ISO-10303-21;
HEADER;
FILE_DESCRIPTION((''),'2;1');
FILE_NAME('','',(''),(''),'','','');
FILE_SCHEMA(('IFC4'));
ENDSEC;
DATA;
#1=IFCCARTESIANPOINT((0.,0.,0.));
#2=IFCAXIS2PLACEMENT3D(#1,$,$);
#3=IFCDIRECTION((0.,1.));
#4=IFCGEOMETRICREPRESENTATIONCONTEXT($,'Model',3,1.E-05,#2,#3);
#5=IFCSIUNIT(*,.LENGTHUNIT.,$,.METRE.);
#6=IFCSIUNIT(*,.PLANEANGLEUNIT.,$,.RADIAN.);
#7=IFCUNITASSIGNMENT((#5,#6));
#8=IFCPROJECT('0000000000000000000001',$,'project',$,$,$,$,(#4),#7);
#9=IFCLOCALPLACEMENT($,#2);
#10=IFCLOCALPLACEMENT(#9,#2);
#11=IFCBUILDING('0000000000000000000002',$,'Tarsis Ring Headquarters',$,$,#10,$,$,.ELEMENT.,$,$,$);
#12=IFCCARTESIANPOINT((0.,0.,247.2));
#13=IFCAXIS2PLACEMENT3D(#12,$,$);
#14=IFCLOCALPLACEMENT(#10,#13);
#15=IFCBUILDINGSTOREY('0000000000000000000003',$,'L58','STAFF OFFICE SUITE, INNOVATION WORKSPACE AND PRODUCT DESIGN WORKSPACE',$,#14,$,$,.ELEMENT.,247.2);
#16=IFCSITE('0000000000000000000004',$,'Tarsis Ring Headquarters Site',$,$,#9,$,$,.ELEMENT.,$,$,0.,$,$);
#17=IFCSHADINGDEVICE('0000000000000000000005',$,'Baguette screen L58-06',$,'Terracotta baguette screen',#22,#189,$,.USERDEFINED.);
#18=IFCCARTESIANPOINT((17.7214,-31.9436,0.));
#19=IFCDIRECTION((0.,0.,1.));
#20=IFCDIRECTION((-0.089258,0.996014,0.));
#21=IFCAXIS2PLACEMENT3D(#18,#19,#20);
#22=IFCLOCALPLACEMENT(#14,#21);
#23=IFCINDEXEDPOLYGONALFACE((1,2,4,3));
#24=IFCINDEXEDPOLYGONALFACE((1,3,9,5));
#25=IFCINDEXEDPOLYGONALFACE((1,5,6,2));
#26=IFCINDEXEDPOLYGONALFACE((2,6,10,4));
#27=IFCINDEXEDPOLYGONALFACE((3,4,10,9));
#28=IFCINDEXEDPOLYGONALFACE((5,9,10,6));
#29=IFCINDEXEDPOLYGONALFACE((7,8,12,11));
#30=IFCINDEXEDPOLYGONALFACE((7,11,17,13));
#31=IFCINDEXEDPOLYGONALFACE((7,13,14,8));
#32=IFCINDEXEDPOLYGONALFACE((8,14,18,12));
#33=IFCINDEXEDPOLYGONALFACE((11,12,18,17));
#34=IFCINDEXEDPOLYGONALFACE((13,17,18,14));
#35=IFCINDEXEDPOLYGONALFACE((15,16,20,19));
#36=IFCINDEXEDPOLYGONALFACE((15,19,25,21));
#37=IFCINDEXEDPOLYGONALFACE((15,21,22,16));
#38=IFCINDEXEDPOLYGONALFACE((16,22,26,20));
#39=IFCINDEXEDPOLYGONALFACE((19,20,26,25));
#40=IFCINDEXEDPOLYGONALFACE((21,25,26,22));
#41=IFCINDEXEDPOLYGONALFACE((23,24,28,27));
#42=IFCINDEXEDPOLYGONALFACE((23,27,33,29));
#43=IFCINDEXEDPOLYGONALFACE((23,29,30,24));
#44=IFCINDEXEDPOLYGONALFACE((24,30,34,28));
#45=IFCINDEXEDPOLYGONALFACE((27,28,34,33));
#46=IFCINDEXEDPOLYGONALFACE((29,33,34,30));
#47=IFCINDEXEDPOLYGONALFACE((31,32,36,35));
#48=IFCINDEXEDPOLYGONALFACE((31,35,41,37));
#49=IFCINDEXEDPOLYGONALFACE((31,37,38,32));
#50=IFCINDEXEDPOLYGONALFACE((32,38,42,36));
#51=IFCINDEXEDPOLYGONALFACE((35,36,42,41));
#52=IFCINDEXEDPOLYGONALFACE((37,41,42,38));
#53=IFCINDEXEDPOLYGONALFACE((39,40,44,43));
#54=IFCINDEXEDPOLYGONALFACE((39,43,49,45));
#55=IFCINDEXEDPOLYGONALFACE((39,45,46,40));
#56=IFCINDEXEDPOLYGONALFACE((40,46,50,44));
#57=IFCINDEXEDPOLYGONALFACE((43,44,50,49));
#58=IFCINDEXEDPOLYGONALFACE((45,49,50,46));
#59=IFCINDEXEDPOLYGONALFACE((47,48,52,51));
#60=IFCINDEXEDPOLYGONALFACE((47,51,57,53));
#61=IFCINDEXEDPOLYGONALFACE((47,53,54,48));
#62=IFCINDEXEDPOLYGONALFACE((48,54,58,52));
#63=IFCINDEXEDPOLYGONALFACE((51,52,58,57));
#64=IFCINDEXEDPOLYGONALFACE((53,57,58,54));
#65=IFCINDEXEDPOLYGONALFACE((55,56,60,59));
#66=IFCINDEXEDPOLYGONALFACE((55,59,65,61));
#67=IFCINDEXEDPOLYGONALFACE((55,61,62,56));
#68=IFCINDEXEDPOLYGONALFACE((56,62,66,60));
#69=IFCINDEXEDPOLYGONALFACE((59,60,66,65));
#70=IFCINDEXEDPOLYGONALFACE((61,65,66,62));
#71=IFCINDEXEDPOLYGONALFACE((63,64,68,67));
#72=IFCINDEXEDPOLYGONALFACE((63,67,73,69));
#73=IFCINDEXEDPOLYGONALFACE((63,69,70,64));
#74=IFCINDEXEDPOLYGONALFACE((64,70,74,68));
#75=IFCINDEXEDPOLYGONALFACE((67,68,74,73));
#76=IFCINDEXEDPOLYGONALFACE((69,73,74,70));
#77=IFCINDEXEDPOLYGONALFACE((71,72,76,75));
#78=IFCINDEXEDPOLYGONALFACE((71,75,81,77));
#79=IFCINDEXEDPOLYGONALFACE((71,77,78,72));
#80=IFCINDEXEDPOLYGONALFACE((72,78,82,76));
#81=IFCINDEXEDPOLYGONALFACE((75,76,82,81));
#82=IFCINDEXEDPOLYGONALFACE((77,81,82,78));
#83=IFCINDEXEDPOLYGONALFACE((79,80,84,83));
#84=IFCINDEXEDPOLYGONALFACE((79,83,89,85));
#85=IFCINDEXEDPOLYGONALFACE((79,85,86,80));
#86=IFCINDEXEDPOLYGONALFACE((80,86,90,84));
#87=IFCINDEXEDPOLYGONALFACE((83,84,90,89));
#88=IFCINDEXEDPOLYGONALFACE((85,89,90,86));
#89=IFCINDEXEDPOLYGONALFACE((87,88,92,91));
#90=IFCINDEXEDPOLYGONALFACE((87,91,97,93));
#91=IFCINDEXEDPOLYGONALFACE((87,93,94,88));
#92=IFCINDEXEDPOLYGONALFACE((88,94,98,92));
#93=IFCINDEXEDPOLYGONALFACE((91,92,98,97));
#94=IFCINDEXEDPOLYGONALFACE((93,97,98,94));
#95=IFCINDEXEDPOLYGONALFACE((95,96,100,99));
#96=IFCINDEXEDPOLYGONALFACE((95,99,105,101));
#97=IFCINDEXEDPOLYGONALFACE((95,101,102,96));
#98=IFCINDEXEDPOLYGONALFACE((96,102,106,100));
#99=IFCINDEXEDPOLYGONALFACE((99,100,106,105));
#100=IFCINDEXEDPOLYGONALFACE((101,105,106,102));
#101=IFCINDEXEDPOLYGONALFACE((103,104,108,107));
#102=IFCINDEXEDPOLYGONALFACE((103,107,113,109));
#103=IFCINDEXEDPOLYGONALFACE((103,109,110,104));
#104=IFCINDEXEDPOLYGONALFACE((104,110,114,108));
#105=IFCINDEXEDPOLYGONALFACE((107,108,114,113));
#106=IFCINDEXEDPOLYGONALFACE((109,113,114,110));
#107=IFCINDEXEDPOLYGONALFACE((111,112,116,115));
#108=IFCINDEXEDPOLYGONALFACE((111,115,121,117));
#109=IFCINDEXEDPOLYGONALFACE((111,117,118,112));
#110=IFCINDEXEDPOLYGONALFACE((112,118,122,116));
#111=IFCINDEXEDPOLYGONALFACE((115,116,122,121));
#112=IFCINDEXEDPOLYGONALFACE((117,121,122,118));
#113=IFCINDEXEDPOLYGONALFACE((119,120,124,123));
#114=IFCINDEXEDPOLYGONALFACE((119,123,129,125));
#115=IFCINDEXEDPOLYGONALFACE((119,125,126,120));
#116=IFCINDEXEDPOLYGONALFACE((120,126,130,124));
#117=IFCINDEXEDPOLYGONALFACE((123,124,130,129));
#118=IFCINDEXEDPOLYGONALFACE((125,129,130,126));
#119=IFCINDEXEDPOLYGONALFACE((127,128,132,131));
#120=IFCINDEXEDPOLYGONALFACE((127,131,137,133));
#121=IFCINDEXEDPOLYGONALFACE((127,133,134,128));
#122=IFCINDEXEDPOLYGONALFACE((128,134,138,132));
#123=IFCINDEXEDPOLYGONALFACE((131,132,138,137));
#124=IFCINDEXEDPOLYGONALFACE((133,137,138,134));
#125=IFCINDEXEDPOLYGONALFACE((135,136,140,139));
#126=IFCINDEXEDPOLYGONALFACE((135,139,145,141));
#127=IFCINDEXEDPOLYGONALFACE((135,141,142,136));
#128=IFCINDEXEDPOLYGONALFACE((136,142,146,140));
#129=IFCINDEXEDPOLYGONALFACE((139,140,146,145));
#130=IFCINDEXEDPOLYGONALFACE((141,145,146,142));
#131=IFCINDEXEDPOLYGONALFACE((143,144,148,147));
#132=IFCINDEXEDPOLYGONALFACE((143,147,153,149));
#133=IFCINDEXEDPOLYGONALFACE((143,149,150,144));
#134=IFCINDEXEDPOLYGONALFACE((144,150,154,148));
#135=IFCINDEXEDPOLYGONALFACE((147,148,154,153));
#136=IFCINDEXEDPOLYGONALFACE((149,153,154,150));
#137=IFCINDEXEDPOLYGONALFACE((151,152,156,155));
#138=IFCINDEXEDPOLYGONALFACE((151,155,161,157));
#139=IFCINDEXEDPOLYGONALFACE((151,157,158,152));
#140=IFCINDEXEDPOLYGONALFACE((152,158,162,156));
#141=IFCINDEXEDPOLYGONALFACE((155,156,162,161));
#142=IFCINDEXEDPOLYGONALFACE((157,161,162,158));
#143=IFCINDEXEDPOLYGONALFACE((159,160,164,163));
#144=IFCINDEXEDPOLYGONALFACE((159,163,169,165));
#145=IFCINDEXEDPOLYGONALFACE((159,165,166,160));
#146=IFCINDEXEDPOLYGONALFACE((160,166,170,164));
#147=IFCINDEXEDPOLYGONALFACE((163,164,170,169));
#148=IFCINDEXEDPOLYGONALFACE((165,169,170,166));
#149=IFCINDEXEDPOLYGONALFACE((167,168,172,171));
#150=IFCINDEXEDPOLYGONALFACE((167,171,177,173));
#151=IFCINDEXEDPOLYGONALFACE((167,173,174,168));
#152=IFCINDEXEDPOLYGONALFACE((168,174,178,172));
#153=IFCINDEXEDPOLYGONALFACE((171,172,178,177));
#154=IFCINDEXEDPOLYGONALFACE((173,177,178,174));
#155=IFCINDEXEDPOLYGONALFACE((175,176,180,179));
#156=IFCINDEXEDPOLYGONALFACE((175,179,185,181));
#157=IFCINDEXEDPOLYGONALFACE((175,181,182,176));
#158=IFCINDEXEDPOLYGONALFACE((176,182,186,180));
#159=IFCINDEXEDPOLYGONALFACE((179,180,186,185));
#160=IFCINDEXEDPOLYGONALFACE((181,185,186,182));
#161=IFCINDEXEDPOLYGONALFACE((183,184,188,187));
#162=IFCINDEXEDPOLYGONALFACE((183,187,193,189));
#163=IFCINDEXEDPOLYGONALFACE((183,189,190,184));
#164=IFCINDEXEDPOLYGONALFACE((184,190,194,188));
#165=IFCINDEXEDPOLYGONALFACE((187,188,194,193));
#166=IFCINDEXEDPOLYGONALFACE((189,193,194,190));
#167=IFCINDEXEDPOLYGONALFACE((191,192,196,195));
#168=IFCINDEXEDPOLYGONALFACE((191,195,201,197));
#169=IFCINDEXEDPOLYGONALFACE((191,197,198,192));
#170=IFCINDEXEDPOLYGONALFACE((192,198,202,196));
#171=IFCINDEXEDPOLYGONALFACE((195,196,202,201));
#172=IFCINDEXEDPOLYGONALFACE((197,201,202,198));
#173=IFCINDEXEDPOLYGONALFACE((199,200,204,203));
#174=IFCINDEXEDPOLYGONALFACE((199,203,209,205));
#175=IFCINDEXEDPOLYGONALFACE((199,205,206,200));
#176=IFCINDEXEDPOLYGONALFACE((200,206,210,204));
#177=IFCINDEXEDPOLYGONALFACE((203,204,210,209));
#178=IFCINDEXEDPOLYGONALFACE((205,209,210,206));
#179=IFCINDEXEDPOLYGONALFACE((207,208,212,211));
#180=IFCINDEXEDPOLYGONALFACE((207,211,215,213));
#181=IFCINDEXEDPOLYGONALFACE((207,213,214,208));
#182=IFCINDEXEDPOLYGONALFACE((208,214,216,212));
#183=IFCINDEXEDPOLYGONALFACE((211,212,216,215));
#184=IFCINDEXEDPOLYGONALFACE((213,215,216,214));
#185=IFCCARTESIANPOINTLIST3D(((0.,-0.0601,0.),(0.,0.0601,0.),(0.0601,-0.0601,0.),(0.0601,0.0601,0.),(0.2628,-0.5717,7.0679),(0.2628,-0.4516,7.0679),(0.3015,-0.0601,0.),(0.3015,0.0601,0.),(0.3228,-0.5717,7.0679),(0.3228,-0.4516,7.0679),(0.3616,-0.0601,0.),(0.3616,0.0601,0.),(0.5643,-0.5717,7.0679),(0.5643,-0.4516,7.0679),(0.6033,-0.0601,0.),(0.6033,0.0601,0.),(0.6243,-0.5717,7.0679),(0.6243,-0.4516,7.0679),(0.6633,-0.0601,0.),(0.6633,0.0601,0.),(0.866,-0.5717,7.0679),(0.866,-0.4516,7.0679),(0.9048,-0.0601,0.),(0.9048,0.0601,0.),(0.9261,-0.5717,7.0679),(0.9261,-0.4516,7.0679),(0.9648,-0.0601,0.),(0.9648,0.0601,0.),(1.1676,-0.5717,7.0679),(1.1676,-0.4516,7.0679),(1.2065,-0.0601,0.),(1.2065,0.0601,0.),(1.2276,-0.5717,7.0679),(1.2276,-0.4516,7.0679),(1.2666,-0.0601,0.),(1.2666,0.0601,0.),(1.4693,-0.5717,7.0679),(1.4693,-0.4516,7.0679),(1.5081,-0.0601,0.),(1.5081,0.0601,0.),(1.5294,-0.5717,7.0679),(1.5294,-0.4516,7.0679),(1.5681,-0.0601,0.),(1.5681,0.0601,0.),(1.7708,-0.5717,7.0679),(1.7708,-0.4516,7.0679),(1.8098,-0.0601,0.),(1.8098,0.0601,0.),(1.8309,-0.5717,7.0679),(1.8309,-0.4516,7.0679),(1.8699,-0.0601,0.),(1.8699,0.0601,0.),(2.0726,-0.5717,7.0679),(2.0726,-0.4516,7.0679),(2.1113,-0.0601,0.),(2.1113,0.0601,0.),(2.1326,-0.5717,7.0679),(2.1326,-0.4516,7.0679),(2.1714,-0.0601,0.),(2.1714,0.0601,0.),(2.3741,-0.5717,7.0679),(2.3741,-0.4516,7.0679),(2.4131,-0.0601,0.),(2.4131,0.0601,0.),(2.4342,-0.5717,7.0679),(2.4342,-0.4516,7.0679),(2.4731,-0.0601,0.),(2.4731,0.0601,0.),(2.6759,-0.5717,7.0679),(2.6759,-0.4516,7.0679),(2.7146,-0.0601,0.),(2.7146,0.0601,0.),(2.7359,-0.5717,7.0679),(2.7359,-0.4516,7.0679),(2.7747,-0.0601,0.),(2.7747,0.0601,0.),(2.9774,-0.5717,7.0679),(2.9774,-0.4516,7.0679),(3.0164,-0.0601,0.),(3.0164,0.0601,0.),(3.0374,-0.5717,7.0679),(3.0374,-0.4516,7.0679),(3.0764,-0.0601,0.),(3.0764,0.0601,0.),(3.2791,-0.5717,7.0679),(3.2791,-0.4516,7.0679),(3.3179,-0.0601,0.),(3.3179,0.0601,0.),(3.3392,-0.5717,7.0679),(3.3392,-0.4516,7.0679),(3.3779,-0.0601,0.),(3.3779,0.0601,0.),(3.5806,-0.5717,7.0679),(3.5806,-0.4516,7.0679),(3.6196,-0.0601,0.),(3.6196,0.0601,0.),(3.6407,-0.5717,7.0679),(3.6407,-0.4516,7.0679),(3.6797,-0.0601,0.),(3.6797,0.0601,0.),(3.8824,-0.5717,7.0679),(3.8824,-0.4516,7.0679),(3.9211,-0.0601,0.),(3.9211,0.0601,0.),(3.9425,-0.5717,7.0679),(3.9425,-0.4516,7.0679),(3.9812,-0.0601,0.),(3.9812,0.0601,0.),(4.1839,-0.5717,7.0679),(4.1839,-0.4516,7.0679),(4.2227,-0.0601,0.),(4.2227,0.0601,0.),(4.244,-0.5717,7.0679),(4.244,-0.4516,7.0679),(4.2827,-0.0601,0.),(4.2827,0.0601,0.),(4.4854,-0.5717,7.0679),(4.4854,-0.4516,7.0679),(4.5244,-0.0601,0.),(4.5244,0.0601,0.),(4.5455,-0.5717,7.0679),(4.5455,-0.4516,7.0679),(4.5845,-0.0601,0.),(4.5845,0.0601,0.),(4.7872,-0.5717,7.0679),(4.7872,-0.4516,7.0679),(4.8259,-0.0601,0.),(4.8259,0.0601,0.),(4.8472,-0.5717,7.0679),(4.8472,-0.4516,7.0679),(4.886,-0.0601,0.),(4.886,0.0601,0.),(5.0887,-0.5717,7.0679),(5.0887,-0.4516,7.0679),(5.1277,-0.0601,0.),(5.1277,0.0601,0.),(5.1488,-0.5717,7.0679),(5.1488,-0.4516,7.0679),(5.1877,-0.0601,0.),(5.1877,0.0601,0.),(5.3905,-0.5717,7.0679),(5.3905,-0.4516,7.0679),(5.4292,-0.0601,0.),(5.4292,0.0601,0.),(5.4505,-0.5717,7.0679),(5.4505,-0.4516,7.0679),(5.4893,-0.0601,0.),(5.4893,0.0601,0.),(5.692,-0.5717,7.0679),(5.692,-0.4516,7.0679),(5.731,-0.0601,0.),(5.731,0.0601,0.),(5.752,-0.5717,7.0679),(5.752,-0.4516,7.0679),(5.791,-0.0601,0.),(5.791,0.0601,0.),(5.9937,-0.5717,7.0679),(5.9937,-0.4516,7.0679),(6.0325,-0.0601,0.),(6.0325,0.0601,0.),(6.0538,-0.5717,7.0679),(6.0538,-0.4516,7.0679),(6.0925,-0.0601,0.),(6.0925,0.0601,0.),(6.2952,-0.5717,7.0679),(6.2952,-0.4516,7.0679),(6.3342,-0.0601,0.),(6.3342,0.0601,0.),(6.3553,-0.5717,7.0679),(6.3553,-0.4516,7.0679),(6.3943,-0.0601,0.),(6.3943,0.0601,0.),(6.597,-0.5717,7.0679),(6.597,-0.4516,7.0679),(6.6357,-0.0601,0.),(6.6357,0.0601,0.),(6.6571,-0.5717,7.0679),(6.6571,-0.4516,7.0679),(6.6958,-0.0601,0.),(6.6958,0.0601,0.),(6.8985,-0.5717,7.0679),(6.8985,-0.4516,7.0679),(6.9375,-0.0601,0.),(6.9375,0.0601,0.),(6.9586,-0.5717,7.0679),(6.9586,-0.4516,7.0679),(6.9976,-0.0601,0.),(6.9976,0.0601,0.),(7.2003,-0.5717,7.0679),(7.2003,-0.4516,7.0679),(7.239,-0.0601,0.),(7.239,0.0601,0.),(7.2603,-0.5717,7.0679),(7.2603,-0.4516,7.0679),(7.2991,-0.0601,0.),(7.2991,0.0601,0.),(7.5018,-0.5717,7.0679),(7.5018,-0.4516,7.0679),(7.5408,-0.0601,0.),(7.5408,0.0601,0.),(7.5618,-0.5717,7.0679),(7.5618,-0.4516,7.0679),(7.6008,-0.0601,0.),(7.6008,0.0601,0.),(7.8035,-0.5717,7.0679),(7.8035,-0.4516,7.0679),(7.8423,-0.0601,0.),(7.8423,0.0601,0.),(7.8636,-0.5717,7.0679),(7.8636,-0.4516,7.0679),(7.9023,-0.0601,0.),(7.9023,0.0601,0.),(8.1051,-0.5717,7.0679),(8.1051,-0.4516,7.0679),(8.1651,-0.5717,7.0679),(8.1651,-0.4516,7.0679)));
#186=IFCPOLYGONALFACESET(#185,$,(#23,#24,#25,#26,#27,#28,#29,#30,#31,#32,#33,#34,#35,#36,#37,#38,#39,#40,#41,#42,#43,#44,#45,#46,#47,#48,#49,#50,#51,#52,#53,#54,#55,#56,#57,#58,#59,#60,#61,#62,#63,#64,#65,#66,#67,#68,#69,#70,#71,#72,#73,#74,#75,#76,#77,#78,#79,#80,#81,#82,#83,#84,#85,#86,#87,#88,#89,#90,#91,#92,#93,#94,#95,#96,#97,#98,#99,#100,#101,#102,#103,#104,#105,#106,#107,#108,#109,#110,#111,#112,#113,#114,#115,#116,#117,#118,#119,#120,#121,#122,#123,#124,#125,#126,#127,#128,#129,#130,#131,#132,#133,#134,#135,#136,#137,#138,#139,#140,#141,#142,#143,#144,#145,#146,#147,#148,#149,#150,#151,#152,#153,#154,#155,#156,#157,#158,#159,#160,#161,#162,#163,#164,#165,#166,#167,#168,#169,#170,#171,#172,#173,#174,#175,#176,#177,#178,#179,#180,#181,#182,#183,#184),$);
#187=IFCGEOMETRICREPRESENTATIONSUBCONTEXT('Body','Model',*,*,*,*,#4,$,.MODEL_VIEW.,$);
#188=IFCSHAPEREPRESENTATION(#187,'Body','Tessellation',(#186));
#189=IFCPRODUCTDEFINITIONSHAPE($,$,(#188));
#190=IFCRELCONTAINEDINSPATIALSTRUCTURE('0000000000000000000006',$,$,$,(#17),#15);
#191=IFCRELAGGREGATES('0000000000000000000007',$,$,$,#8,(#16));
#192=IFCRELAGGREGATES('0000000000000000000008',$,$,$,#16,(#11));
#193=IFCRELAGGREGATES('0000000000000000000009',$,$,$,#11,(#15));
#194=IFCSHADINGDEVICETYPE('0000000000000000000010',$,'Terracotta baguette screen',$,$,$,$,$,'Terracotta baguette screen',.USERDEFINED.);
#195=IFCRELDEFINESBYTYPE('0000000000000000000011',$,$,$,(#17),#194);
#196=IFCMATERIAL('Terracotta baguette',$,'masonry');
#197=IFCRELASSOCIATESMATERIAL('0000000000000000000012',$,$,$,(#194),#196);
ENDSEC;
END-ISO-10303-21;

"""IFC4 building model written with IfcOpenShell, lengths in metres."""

from ifc_helpers import new_model, si_unit, direction, frame, frame_2d, origin, place, context, subcontext, project, spatial, rectangle, composite_profile, extrude, material, type_object, element, save


model = new_model("IFC4")

# Units and contexts
model_context = context("Model", 3, precision=1e-05, world=origin(), true_north=direction((0.0, 1.0)))
body_context = subcontext(model_context, "Body", "Model", "MODEL_VIEW")
ifc_project = project(units=[si_unit("LENGTHUNIT", "METRE"), si_unit("PLANEANGLEUNIT", "RADIAN")], contexts=[model_context])

# Site, building, storey
site_placement = place(None, origin())
site = spatial("IfcSite", under=ifc_project, at=site_placement, Name="Tarsis Ring Headquarters Site", CompositionType="ELEMENT", RefElevation=0.0)
building_placement = place(site_placement, origin())
building = spatial("IfcBuilding", under=site, at=building_placement, Name="Tarsis Ring Headquarters", CompositionType="ELEMENT")
storey_placement = place(building_placement, frame((0.0, 0.0, 247.2)))
storey = spatial("IfcBuildingStorey", under=building, at=storey_placement, Name="L58", Description="STAFF OFFICE SUITE, INNOVATION WORKSPACE AND PRODUCT DESIGN WORKSPACE", CompositionType="ELEMENT", Elevation=247.2)

# Shading device
ifc_material_1 = material(Name="Terracotta baguette", Category="masonry")
shading_device_type_1 = type_object("IfcShadingDeviceType", Name="Terracotta baguette screen", ElementType="Terracotta baguette screen", PredefinedType="USERDEFINED", material=ifc_material_1)
shading_device_1_placement = place(storey_placement, frame((17.7214, -31.9436, 0.0), z_axis=(0.0, 0.0, 1.0), x_axis=(-0.089258, 0.996014, 0.0)))
element("IfcShadingDevice", 1, at=shading_device_1_placement, inside=storey, type_object=shading_device_type_1, Name="Baguette screen L58-06", ObjectType="Terracotta baguette screen", PredefinedType="USERDEFINED", context=body_context, shape_type="SweptSolid", body=[
    extrude(composite_profile([rectangle(XDim=0.0601, YDim=0.1201, at=frame_2d((0.03, 0.0))), rectangle(XDim=0.0601, YDim=0.1201, at=frame_2d((0.3315, 0.0))), rectangle(XDim=0.0601, YDim=0.1201, at=frame_2d((0.6333, 0.0))), rectangle(XDim=0.0601, YDim=0.1201, at=frame_2d((0.9348, 0.0))), rectangle(XDim=0.0601, YDim=0.1201, at=frame_2d((1.2366, 0.0))), rectangle(XDim=0.0601, YDim=0.1201, at=frame_2d((1.5381, 0.0))), rectangle(XDim=0.0601, YDim=0.1201, at=frame_2d((1.8398, 0.0))), rectangle(XDim=0.0601, YDim=0.1201, at=frame_2d((2.1414, 0.0))), rectangle(XDim=0.0601, YDim=0.1201, at=frame_2d((2.4431, 0.0))), rectangle(XDim=0.0601, YDim=0.1201, at=frame_2d((2.7446, 0.0))), rectangle(XDim=0.0601, YDim=0.1201, at=frame_2d((3.0464, 0.0))), rectangle(XDim=0.0601, YDim=0.1201, at=frame_2d((3.3479, 0.0))), rectangle(XDim=0.0601, YDim=0.1201, at=frame_2d((3.6497, 0.0))), rectangle(XDim=0.0601, YDim=0.1201, at=frame_2d((3.9512, 0.0))), rectangle(XDim=0.0601, YDim=0.1201, at=frame_2d((4.2527, 0.0))), rectangle(XDim=0.0601, YDim=0.1201, at=frame_2d((4.5544, 0.0))), rectangle(XDim=0.0601, YDim=0.1201, at=frame_2d((4.856, 0.0))), rectangle(XDim=0.0601, YDim=0.1201, at=frame_2d((5.1577, 0.0))), rectangle(XDim=0.0601, YDim=0.1201, at=frame_2d((5.4592, 0.0))), rectangle(XDim=0.0601, YDim=0.1201, at=frame_2d((5.761, 0.0))), rectangle(XDim=0.0601, YDim=0.1201, at=frame_2d((6.0625, 0.0))), rectangle(XDim=0.0601, YDim=0.1201, at=frame_2d((6.3643, 0.0))), rectangle(XDim=0.0601, YDim=0.1201, at=frame_2d((6.6658, 0.0))), rectangle(XDim=0.0601, YDim=0.1201, at=frame_2d((6.9675, 0.0))), rectangle(XDim=0.0601, YDim=0.1201, at=frame_2d((7.269, 0.0))), rectangle(XDim=0.0601, YDim=0.1201, at=frame_2d((7.5708, 0.0))), rectangle(XDim=0.0601, YDim=0.1201, at=frame_2d((7.8723, 0.0)))]), origin(), (0.037056, -0.072155, 0.996705), 7.0913),
])

save(model, "model.ifc")
